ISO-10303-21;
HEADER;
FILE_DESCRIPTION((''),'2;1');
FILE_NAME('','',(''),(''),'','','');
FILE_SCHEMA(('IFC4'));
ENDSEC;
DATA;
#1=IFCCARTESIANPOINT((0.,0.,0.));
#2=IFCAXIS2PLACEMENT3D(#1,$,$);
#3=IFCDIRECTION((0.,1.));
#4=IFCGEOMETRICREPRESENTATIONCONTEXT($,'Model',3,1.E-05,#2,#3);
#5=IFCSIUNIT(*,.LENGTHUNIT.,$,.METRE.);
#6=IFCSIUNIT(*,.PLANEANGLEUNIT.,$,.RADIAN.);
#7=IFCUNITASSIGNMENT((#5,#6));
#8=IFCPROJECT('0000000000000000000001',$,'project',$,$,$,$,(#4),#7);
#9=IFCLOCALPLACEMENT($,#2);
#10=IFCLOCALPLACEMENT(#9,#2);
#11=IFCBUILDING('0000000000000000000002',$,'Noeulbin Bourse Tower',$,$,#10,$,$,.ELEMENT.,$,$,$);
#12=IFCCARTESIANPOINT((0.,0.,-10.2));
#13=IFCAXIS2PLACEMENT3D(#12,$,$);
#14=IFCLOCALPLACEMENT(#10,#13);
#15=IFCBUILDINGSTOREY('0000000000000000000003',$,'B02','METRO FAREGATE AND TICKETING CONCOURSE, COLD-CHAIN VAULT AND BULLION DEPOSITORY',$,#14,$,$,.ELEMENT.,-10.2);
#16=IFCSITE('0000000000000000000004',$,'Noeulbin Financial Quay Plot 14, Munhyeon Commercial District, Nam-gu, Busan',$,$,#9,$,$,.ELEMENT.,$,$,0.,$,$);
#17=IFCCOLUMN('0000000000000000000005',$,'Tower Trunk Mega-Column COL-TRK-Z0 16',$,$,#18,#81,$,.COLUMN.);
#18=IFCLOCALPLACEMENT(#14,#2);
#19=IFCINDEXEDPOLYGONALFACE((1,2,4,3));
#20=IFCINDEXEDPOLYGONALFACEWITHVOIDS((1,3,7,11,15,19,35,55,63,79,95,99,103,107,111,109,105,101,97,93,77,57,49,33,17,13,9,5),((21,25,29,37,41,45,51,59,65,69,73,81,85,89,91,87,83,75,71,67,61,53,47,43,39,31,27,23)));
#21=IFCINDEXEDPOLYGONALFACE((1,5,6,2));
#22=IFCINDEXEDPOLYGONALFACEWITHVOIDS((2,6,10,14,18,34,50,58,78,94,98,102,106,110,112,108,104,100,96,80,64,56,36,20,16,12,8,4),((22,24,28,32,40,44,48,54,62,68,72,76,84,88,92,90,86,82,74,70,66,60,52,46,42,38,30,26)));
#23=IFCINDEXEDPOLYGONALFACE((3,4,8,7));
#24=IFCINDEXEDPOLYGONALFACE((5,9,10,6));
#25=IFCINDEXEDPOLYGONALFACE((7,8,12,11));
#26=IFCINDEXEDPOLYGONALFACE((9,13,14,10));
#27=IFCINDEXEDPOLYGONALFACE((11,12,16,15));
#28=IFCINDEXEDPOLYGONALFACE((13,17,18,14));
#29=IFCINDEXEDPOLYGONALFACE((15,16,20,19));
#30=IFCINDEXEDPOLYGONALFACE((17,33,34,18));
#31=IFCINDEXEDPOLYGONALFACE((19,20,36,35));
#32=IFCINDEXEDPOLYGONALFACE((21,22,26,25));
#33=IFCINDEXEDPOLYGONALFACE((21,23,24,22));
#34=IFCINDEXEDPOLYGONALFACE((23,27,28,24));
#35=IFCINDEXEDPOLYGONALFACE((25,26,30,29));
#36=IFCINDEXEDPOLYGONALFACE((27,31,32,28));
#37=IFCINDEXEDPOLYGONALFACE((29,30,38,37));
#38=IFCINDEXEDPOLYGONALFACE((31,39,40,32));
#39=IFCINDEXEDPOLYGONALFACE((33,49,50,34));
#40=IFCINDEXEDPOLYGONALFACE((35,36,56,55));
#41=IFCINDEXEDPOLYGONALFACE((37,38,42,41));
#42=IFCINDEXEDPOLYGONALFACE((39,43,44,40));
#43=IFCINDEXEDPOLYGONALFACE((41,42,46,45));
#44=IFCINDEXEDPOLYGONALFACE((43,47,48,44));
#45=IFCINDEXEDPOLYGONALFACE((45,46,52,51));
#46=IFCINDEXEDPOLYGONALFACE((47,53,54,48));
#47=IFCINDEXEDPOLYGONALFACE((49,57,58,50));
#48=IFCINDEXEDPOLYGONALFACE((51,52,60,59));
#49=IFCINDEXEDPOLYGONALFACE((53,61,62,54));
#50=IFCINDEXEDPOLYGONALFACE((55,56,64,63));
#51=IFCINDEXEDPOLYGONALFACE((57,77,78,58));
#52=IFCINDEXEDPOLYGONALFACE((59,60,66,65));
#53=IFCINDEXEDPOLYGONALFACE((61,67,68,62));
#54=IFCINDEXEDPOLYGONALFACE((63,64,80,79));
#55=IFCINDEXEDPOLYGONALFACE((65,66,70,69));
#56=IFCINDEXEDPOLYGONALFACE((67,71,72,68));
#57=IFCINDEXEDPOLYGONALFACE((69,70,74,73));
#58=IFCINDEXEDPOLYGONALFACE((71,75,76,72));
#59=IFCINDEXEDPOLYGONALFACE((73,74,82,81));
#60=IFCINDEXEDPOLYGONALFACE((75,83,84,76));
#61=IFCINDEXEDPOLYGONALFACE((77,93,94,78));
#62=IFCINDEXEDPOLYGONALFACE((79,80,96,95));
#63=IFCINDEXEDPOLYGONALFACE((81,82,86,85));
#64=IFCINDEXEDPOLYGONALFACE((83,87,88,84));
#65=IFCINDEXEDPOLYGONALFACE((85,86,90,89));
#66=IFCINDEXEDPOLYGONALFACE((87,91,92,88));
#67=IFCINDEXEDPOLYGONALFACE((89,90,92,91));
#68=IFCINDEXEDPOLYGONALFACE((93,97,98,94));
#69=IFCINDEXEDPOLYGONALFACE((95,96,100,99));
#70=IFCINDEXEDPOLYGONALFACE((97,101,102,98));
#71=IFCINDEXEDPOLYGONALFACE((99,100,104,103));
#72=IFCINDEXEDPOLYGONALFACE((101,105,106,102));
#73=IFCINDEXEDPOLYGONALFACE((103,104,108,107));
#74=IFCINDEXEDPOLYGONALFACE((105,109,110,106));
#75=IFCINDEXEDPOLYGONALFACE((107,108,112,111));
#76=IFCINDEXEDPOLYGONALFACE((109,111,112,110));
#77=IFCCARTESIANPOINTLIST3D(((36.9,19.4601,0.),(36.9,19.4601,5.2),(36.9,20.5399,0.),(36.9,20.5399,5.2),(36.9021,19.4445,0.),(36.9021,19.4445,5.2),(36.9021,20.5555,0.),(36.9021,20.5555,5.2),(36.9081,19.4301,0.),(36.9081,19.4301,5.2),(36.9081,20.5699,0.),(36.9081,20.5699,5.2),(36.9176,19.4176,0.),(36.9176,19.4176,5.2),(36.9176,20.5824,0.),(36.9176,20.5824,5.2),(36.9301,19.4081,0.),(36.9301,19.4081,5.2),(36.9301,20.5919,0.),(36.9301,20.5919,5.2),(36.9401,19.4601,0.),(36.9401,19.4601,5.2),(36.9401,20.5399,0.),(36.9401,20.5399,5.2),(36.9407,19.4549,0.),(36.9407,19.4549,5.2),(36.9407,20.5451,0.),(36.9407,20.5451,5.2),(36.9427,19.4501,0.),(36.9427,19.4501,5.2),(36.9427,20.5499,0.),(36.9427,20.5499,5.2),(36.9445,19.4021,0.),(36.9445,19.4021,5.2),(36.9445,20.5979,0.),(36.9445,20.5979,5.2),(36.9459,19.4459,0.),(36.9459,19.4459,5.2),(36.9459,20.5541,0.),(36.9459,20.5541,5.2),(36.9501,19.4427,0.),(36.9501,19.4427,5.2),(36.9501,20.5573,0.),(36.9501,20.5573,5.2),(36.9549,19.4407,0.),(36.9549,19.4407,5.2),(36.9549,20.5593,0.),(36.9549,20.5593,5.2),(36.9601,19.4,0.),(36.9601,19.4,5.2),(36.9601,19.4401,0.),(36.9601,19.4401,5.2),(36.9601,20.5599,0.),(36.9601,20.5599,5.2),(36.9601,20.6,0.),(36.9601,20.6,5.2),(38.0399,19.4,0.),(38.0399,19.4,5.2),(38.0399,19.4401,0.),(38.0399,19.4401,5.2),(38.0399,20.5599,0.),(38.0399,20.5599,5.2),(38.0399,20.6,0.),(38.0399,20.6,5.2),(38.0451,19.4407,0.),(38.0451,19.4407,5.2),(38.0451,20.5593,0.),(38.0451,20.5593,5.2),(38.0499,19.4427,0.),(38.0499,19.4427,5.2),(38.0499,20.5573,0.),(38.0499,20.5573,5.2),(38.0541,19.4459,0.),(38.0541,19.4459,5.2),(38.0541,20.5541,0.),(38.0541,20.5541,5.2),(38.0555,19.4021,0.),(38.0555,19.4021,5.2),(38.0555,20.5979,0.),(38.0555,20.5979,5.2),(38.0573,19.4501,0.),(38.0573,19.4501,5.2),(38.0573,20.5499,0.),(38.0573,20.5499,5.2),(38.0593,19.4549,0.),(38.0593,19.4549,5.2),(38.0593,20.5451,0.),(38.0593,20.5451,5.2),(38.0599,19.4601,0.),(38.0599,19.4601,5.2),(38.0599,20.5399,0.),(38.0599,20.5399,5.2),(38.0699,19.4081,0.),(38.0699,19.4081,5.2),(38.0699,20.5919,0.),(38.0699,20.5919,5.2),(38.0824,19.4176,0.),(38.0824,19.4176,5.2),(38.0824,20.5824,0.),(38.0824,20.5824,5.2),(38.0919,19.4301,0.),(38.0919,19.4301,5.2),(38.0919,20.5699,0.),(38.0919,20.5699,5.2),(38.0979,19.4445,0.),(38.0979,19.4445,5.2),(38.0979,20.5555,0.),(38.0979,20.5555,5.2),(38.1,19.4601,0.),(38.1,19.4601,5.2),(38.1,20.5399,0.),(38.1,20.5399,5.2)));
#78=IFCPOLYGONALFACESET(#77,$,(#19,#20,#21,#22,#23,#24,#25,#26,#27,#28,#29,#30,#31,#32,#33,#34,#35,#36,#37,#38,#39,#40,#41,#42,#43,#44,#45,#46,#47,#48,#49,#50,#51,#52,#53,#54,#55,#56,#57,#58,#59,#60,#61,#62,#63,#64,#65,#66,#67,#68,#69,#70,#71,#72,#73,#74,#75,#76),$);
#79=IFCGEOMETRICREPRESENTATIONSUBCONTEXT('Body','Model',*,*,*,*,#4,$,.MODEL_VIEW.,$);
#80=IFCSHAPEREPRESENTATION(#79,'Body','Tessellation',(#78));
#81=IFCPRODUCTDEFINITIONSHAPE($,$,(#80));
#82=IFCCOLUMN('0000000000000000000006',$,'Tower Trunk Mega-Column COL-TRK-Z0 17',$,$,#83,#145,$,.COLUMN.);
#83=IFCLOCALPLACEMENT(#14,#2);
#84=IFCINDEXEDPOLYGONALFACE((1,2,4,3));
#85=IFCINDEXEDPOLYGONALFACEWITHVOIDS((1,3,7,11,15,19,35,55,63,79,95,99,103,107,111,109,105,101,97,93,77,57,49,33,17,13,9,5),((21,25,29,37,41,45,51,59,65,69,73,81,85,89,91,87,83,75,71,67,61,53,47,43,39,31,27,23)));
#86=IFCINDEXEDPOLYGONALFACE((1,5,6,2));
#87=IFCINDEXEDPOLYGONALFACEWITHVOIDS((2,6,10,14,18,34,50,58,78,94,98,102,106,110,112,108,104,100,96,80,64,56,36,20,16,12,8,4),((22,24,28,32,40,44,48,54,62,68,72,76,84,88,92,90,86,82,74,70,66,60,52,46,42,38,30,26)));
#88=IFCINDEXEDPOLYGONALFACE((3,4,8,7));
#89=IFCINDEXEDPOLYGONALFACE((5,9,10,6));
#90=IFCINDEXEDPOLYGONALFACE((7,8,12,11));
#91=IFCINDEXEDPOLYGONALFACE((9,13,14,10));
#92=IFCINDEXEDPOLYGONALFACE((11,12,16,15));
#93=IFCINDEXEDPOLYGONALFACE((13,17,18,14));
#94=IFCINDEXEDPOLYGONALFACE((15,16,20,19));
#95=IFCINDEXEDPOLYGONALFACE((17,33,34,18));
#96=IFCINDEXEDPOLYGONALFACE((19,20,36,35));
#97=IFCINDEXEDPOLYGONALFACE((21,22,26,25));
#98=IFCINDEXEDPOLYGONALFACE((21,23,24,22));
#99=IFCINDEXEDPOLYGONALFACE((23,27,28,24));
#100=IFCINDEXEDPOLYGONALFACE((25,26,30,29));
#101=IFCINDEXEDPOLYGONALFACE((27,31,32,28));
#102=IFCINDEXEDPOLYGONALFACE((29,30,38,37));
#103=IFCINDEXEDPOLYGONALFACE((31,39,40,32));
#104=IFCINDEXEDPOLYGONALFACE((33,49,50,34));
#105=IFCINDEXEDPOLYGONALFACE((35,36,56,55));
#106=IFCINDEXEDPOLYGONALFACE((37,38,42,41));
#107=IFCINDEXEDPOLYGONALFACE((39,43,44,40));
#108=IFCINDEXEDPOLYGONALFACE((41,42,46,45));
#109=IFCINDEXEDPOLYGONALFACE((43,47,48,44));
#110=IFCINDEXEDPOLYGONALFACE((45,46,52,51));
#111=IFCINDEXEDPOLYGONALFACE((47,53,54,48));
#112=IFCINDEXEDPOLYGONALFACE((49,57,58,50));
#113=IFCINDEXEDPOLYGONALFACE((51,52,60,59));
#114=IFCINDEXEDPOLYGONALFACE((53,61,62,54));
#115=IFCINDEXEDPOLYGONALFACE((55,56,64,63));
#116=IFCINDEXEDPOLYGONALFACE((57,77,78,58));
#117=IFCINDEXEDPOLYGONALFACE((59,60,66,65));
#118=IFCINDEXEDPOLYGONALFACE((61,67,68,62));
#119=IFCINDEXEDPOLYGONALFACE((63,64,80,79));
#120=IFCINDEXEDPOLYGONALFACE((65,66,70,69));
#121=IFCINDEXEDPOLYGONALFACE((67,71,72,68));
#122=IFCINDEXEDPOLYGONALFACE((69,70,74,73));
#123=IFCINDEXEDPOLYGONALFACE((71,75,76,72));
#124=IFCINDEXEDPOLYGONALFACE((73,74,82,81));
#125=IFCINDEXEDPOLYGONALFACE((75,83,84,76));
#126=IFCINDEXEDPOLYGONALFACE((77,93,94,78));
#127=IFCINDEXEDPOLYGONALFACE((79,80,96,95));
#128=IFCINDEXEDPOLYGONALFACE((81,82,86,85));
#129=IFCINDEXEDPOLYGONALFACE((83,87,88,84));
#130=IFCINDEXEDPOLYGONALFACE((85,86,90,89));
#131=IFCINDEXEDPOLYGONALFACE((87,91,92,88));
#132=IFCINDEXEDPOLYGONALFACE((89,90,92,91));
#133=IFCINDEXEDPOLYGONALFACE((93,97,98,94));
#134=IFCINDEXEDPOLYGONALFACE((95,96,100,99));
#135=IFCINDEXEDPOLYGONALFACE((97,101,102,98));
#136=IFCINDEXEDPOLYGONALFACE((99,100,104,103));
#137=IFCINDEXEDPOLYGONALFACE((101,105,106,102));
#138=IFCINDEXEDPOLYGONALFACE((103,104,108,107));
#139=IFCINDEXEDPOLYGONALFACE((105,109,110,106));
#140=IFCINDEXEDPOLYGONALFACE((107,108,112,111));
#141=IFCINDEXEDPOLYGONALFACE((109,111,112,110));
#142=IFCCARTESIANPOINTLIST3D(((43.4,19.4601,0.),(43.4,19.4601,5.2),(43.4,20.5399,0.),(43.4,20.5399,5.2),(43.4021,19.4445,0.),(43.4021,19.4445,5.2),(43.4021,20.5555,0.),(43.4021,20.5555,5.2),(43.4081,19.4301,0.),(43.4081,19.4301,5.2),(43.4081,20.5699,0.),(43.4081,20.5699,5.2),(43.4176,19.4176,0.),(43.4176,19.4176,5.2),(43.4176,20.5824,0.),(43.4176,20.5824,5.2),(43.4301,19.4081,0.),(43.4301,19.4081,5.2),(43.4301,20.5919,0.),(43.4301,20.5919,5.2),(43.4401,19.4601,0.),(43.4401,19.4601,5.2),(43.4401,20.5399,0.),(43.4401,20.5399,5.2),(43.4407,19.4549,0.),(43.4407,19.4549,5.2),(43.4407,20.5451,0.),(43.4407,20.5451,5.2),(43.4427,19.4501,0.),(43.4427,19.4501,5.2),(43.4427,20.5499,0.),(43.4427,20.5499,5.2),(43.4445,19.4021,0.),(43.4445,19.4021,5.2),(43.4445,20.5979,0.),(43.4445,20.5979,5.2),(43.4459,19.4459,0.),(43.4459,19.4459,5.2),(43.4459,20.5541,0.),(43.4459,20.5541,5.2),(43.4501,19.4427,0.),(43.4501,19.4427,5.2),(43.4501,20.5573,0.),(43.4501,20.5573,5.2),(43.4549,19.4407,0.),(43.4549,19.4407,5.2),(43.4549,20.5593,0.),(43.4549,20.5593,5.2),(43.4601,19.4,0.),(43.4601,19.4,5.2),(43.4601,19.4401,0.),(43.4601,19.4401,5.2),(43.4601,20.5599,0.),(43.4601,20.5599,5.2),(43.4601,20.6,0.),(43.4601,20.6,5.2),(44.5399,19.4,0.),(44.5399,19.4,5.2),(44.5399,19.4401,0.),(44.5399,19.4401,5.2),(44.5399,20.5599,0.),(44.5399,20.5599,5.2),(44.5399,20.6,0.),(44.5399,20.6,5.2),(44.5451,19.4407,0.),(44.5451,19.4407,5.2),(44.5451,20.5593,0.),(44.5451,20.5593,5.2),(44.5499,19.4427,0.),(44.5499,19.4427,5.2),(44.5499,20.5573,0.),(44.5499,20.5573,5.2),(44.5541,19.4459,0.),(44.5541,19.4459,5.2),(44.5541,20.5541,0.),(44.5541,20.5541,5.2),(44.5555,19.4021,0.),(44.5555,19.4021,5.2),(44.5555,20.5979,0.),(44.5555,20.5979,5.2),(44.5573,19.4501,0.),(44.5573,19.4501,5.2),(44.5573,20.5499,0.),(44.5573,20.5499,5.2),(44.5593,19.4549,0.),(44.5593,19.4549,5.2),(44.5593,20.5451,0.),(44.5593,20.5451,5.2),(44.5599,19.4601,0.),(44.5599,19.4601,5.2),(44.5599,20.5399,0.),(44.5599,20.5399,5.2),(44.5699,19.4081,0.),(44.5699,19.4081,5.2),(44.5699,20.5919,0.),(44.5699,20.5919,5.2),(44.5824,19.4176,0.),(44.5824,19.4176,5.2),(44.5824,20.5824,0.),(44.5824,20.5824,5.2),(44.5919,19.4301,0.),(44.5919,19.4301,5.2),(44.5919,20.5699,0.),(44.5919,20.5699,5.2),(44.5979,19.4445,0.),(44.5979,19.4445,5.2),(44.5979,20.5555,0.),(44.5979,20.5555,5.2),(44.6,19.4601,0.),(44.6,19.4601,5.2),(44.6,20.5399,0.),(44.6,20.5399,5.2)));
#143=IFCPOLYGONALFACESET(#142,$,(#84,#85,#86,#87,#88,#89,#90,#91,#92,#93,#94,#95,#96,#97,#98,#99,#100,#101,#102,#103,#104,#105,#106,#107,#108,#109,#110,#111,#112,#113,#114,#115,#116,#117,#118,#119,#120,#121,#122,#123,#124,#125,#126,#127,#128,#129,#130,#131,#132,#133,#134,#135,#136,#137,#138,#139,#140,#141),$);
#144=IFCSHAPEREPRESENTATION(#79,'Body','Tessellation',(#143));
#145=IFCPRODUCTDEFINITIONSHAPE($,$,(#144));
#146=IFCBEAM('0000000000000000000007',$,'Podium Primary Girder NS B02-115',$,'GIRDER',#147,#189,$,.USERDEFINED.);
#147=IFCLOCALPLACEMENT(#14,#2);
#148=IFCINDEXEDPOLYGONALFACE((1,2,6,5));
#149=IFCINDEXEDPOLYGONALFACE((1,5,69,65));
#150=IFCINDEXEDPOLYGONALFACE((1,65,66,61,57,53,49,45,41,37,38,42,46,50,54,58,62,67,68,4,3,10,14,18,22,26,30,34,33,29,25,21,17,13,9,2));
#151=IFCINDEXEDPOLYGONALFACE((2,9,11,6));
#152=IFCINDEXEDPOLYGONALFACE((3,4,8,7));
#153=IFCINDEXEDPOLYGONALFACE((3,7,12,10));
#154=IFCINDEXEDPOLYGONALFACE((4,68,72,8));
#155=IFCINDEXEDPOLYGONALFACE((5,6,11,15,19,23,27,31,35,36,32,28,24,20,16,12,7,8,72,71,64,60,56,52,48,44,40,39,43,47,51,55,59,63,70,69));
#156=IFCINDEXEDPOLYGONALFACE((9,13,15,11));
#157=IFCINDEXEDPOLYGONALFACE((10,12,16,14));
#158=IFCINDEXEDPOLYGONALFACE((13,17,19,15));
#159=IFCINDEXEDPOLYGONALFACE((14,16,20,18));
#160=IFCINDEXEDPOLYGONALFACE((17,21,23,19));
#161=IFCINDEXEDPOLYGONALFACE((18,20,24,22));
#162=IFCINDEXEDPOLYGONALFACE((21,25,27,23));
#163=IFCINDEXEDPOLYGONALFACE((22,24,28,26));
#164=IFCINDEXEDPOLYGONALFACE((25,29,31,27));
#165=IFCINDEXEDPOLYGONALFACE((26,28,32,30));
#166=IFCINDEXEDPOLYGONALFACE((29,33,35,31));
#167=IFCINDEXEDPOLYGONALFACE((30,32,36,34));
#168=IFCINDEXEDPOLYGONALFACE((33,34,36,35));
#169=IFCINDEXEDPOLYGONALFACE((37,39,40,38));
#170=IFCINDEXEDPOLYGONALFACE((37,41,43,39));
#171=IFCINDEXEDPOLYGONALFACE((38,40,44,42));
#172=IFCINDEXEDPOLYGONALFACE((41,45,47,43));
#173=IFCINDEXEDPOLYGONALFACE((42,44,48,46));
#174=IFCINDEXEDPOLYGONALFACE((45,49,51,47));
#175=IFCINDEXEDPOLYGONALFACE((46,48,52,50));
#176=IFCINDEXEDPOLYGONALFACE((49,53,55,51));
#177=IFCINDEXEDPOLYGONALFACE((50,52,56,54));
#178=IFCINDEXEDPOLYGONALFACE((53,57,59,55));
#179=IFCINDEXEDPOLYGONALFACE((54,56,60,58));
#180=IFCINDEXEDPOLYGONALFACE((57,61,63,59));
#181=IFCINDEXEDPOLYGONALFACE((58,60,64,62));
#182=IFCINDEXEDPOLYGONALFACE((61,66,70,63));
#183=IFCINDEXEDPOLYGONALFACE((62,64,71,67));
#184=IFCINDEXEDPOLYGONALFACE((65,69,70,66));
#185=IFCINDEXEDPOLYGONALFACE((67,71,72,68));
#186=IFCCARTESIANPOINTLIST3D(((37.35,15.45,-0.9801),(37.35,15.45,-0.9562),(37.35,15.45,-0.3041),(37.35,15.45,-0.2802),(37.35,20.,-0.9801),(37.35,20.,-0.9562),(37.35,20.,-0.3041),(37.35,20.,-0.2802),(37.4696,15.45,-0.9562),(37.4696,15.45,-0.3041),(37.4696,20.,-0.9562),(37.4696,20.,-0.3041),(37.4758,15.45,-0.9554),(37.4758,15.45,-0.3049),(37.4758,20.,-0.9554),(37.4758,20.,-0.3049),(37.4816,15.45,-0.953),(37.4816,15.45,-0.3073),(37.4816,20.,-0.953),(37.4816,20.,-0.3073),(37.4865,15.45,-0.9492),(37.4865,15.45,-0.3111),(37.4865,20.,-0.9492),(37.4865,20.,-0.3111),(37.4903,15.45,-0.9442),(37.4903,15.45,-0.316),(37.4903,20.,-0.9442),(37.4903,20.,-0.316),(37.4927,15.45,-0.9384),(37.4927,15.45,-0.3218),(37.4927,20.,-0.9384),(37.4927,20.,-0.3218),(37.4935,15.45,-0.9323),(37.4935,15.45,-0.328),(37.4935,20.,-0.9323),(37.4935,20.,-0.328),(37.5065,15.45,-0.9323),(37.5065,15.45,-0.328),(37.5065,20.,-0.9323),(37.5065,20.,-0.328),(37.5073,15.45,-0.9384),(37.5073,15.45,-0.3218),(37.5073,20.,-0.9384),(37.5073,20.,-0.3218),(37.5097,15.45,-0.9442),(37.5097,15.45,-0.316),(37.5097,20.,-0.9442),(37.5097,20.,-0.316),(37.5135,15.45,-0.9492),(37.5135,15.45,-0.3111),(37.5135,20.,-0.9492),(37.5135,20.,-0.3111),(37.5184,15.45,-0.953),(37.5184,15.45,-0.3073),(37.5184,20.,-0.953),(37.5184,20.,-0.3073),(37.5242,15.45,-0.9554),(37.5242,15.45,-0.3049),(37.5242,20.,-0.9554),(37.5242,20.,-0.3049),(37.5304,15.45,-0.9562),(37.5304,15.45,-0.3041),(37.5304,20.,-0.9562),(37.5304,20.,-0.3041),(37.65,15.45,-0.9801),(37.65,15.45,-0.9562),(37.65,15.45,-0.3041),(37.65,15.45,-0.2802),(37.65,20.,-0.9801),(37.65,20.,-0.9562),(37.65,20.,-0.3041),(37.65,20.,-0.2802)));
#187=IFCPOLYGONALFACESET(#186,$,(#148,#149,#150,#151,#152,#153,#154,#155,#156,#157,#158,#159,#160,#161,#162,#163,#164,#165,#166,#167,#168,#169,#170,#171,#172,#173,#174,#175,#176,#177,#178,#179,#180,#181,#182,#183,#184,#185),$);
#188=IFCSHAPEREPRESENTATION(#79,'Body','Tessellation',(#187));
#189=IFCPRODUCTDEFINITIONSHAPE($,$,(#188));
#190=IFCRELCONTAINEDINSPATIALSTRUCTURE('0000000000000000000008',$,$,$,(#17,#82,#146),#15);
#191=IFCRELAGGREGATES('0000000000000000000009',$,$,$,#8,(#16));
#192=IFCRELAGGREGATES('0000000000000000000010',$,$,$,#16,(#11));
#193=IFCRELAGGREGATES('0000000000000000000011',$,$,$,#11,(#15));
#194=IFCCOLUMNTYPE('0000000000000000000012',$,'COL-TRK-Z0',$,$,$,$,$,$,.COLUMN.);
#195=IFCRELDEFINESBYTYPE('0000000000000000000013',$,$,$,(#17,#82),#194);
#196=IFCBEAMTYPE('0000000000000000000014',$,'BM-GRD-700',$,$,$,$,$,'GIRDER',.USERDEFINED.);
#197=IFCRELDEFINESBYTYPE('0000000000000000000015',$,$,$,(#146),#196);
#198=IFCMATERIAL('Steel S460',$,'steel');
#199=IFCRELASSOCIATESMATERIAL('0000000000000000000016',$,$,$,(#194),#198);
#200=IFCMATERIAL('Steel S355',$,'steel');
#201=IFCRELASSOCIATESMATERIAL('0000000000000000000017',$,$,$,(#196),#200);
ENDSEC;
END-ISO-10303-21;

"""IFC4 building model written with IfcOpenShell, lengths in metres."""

from ifc_helpers import new_model, si_unit, direction, frame, origin, origin_2d, place, context, subcontext, project, spatial, hollow_rectangle, i_section, extrude, material, material_profile, profile_set, type_object, element, save


model = new_model("IFC4")

# Units and contexts
model_context = context("Model", 3, precision=1e-05, world=origin(), true_north=direction((0.0, 1.0)))
body_context = subcontext(model_context, "Body", "Model", "MODEL_VIEW")
ifc_project = project(units=[si_unit("LENGTHUNIT", "METRE"), si_unit("PLANEANGLEUNIT", "RADIAN")], contexts=[model_context])

# Site, building, storey
site_placement = place(None, origin())
site = spatial("IfcSite", under=ifc_project, at=site_placement, Name="Noeulbin Financial Quay Plot 14, Munhyeon Commercial District, Nam-gu, Busan", CompositionType="ELEMENT", RefElevation=0.0)
building_placement = place(site_placement, origin())
building = spatial("IfcBuilding", under=site, at=building_placement, Name="Noeulbin Bourse Tower", CompositionType="ELEMENT")
storey_placement = place(building_placement, frame((0.0, 0.0, -10.2)))
storey = spatial("IfcBuildingStorey", under=building, at=storey_placement, Name="B02", Description="METRO FAREGATE AND TICKETING CONCOURSE, COLD-CHAIN VAULT AND BULLION DEPOSITORY", CompositionType="ELEMENT", Elevation=-10.2)

# Columns
ifc_material_1 = material(Name="Steel S460", Category="steel")
ifc_material_profile_1 = material_profile(ifc_material_1, hollow_rectangle(XDim=1.2, YDim=1.2, WallThickness=0.04, InnerFilletRadius=0.02, OuterFilletRadius=0.0601, at=origin_2d()), Name="BOX-1200x1200x40", Category="LoadBearing")
ifc_profile_set_1 = profile_set([ifc_material_profile_1], Name="Steel S460")
column_type_1 = type_object("IfcColumnType", Name="COL-TRK-Z0", PredefinedType="COLUMN", material=ifc_profile_set_1)
for number, where, z_axis, x_axis, name in (
    (1, (37.5, 20.0, 0.0), (0.0, 0.0, 1.0), (1.0, 0.0, 0.0), "Tower Trunk Mega-Column COL-TRK-Z0 16"),
    (2, (44.0, 20.0, 0.0), (0.0, 0.0, 1.0), (1.0, 0.0, 0.0), "Tower Trunk Mega-Column COL-TRK-Z0 17"),
):
    element("IfcColumn", number, at=place(storey_placement, frame(where, z_axis=z_axis, x_axis=x_axis)), inside=storey, type_object=column_type_1, Name=name, PredefinedType="COLUMN", context=body_context, shape_type="SweptSolid", body=[
        extrude(hollow_rectangle(XDim=1.2, YDim=1.2, WallThickness=0.04, InnerFilletRadius=0.02, OuterFilletRadius=0.0601, at=origin_2d()), origin(), (0.0, 0.0, 1.0), 5.2),
    ])

# Beam
ifc_material_2 = material(Name="Steel S355", Category="steel")
ifc_material_profile_2 = material_profile(ifc_material_2, i_section(OverallWidth=0.3, OverallDepth=0.7, WebThickness=0.0129, FlangeThickness=0.0239, FilletRadius=0.0239, at=origin_2d()), Name="H-700x300x13x24", Category="LoadBearing")
ifc_profile_set_2 = profile_set([ifc_material_profile_2], Name="Steel S355")
beam_type_1 = type_object("IfcBeamType", Name="BM-GRD-700", ElementType="GIRDER", PredefinedType="USERDEFINED", material=ifc_profile_set_2)
beam_1_placement = place(storey_placement, frame((37.5, 15.45, -0.6301), z_axis=(0.0, 1.0, 0.0), x_axis=(-1.0, 0.0, 0.0)))
element("IfcBeam", 3, at=beam_1_placement, inside=storey, type_object=beam_type_1, Name="Podium Primary Girder NS B02-115", ObjectType="GIRDER", PredefinedType="USERDEFINED", context=body_context, shape_type="SweptSolid", body=[
    extrude(i_section(OverallWidth=0.3, OverallDepth=0.7, WebThickness=0.0129, FlangeThickness=0.0239, FilletRadius=0.0239, at=origin_2d()), origin(), (0.0, 0.0, 1.0), 4.55),
])

save(model, "model.ifc")
